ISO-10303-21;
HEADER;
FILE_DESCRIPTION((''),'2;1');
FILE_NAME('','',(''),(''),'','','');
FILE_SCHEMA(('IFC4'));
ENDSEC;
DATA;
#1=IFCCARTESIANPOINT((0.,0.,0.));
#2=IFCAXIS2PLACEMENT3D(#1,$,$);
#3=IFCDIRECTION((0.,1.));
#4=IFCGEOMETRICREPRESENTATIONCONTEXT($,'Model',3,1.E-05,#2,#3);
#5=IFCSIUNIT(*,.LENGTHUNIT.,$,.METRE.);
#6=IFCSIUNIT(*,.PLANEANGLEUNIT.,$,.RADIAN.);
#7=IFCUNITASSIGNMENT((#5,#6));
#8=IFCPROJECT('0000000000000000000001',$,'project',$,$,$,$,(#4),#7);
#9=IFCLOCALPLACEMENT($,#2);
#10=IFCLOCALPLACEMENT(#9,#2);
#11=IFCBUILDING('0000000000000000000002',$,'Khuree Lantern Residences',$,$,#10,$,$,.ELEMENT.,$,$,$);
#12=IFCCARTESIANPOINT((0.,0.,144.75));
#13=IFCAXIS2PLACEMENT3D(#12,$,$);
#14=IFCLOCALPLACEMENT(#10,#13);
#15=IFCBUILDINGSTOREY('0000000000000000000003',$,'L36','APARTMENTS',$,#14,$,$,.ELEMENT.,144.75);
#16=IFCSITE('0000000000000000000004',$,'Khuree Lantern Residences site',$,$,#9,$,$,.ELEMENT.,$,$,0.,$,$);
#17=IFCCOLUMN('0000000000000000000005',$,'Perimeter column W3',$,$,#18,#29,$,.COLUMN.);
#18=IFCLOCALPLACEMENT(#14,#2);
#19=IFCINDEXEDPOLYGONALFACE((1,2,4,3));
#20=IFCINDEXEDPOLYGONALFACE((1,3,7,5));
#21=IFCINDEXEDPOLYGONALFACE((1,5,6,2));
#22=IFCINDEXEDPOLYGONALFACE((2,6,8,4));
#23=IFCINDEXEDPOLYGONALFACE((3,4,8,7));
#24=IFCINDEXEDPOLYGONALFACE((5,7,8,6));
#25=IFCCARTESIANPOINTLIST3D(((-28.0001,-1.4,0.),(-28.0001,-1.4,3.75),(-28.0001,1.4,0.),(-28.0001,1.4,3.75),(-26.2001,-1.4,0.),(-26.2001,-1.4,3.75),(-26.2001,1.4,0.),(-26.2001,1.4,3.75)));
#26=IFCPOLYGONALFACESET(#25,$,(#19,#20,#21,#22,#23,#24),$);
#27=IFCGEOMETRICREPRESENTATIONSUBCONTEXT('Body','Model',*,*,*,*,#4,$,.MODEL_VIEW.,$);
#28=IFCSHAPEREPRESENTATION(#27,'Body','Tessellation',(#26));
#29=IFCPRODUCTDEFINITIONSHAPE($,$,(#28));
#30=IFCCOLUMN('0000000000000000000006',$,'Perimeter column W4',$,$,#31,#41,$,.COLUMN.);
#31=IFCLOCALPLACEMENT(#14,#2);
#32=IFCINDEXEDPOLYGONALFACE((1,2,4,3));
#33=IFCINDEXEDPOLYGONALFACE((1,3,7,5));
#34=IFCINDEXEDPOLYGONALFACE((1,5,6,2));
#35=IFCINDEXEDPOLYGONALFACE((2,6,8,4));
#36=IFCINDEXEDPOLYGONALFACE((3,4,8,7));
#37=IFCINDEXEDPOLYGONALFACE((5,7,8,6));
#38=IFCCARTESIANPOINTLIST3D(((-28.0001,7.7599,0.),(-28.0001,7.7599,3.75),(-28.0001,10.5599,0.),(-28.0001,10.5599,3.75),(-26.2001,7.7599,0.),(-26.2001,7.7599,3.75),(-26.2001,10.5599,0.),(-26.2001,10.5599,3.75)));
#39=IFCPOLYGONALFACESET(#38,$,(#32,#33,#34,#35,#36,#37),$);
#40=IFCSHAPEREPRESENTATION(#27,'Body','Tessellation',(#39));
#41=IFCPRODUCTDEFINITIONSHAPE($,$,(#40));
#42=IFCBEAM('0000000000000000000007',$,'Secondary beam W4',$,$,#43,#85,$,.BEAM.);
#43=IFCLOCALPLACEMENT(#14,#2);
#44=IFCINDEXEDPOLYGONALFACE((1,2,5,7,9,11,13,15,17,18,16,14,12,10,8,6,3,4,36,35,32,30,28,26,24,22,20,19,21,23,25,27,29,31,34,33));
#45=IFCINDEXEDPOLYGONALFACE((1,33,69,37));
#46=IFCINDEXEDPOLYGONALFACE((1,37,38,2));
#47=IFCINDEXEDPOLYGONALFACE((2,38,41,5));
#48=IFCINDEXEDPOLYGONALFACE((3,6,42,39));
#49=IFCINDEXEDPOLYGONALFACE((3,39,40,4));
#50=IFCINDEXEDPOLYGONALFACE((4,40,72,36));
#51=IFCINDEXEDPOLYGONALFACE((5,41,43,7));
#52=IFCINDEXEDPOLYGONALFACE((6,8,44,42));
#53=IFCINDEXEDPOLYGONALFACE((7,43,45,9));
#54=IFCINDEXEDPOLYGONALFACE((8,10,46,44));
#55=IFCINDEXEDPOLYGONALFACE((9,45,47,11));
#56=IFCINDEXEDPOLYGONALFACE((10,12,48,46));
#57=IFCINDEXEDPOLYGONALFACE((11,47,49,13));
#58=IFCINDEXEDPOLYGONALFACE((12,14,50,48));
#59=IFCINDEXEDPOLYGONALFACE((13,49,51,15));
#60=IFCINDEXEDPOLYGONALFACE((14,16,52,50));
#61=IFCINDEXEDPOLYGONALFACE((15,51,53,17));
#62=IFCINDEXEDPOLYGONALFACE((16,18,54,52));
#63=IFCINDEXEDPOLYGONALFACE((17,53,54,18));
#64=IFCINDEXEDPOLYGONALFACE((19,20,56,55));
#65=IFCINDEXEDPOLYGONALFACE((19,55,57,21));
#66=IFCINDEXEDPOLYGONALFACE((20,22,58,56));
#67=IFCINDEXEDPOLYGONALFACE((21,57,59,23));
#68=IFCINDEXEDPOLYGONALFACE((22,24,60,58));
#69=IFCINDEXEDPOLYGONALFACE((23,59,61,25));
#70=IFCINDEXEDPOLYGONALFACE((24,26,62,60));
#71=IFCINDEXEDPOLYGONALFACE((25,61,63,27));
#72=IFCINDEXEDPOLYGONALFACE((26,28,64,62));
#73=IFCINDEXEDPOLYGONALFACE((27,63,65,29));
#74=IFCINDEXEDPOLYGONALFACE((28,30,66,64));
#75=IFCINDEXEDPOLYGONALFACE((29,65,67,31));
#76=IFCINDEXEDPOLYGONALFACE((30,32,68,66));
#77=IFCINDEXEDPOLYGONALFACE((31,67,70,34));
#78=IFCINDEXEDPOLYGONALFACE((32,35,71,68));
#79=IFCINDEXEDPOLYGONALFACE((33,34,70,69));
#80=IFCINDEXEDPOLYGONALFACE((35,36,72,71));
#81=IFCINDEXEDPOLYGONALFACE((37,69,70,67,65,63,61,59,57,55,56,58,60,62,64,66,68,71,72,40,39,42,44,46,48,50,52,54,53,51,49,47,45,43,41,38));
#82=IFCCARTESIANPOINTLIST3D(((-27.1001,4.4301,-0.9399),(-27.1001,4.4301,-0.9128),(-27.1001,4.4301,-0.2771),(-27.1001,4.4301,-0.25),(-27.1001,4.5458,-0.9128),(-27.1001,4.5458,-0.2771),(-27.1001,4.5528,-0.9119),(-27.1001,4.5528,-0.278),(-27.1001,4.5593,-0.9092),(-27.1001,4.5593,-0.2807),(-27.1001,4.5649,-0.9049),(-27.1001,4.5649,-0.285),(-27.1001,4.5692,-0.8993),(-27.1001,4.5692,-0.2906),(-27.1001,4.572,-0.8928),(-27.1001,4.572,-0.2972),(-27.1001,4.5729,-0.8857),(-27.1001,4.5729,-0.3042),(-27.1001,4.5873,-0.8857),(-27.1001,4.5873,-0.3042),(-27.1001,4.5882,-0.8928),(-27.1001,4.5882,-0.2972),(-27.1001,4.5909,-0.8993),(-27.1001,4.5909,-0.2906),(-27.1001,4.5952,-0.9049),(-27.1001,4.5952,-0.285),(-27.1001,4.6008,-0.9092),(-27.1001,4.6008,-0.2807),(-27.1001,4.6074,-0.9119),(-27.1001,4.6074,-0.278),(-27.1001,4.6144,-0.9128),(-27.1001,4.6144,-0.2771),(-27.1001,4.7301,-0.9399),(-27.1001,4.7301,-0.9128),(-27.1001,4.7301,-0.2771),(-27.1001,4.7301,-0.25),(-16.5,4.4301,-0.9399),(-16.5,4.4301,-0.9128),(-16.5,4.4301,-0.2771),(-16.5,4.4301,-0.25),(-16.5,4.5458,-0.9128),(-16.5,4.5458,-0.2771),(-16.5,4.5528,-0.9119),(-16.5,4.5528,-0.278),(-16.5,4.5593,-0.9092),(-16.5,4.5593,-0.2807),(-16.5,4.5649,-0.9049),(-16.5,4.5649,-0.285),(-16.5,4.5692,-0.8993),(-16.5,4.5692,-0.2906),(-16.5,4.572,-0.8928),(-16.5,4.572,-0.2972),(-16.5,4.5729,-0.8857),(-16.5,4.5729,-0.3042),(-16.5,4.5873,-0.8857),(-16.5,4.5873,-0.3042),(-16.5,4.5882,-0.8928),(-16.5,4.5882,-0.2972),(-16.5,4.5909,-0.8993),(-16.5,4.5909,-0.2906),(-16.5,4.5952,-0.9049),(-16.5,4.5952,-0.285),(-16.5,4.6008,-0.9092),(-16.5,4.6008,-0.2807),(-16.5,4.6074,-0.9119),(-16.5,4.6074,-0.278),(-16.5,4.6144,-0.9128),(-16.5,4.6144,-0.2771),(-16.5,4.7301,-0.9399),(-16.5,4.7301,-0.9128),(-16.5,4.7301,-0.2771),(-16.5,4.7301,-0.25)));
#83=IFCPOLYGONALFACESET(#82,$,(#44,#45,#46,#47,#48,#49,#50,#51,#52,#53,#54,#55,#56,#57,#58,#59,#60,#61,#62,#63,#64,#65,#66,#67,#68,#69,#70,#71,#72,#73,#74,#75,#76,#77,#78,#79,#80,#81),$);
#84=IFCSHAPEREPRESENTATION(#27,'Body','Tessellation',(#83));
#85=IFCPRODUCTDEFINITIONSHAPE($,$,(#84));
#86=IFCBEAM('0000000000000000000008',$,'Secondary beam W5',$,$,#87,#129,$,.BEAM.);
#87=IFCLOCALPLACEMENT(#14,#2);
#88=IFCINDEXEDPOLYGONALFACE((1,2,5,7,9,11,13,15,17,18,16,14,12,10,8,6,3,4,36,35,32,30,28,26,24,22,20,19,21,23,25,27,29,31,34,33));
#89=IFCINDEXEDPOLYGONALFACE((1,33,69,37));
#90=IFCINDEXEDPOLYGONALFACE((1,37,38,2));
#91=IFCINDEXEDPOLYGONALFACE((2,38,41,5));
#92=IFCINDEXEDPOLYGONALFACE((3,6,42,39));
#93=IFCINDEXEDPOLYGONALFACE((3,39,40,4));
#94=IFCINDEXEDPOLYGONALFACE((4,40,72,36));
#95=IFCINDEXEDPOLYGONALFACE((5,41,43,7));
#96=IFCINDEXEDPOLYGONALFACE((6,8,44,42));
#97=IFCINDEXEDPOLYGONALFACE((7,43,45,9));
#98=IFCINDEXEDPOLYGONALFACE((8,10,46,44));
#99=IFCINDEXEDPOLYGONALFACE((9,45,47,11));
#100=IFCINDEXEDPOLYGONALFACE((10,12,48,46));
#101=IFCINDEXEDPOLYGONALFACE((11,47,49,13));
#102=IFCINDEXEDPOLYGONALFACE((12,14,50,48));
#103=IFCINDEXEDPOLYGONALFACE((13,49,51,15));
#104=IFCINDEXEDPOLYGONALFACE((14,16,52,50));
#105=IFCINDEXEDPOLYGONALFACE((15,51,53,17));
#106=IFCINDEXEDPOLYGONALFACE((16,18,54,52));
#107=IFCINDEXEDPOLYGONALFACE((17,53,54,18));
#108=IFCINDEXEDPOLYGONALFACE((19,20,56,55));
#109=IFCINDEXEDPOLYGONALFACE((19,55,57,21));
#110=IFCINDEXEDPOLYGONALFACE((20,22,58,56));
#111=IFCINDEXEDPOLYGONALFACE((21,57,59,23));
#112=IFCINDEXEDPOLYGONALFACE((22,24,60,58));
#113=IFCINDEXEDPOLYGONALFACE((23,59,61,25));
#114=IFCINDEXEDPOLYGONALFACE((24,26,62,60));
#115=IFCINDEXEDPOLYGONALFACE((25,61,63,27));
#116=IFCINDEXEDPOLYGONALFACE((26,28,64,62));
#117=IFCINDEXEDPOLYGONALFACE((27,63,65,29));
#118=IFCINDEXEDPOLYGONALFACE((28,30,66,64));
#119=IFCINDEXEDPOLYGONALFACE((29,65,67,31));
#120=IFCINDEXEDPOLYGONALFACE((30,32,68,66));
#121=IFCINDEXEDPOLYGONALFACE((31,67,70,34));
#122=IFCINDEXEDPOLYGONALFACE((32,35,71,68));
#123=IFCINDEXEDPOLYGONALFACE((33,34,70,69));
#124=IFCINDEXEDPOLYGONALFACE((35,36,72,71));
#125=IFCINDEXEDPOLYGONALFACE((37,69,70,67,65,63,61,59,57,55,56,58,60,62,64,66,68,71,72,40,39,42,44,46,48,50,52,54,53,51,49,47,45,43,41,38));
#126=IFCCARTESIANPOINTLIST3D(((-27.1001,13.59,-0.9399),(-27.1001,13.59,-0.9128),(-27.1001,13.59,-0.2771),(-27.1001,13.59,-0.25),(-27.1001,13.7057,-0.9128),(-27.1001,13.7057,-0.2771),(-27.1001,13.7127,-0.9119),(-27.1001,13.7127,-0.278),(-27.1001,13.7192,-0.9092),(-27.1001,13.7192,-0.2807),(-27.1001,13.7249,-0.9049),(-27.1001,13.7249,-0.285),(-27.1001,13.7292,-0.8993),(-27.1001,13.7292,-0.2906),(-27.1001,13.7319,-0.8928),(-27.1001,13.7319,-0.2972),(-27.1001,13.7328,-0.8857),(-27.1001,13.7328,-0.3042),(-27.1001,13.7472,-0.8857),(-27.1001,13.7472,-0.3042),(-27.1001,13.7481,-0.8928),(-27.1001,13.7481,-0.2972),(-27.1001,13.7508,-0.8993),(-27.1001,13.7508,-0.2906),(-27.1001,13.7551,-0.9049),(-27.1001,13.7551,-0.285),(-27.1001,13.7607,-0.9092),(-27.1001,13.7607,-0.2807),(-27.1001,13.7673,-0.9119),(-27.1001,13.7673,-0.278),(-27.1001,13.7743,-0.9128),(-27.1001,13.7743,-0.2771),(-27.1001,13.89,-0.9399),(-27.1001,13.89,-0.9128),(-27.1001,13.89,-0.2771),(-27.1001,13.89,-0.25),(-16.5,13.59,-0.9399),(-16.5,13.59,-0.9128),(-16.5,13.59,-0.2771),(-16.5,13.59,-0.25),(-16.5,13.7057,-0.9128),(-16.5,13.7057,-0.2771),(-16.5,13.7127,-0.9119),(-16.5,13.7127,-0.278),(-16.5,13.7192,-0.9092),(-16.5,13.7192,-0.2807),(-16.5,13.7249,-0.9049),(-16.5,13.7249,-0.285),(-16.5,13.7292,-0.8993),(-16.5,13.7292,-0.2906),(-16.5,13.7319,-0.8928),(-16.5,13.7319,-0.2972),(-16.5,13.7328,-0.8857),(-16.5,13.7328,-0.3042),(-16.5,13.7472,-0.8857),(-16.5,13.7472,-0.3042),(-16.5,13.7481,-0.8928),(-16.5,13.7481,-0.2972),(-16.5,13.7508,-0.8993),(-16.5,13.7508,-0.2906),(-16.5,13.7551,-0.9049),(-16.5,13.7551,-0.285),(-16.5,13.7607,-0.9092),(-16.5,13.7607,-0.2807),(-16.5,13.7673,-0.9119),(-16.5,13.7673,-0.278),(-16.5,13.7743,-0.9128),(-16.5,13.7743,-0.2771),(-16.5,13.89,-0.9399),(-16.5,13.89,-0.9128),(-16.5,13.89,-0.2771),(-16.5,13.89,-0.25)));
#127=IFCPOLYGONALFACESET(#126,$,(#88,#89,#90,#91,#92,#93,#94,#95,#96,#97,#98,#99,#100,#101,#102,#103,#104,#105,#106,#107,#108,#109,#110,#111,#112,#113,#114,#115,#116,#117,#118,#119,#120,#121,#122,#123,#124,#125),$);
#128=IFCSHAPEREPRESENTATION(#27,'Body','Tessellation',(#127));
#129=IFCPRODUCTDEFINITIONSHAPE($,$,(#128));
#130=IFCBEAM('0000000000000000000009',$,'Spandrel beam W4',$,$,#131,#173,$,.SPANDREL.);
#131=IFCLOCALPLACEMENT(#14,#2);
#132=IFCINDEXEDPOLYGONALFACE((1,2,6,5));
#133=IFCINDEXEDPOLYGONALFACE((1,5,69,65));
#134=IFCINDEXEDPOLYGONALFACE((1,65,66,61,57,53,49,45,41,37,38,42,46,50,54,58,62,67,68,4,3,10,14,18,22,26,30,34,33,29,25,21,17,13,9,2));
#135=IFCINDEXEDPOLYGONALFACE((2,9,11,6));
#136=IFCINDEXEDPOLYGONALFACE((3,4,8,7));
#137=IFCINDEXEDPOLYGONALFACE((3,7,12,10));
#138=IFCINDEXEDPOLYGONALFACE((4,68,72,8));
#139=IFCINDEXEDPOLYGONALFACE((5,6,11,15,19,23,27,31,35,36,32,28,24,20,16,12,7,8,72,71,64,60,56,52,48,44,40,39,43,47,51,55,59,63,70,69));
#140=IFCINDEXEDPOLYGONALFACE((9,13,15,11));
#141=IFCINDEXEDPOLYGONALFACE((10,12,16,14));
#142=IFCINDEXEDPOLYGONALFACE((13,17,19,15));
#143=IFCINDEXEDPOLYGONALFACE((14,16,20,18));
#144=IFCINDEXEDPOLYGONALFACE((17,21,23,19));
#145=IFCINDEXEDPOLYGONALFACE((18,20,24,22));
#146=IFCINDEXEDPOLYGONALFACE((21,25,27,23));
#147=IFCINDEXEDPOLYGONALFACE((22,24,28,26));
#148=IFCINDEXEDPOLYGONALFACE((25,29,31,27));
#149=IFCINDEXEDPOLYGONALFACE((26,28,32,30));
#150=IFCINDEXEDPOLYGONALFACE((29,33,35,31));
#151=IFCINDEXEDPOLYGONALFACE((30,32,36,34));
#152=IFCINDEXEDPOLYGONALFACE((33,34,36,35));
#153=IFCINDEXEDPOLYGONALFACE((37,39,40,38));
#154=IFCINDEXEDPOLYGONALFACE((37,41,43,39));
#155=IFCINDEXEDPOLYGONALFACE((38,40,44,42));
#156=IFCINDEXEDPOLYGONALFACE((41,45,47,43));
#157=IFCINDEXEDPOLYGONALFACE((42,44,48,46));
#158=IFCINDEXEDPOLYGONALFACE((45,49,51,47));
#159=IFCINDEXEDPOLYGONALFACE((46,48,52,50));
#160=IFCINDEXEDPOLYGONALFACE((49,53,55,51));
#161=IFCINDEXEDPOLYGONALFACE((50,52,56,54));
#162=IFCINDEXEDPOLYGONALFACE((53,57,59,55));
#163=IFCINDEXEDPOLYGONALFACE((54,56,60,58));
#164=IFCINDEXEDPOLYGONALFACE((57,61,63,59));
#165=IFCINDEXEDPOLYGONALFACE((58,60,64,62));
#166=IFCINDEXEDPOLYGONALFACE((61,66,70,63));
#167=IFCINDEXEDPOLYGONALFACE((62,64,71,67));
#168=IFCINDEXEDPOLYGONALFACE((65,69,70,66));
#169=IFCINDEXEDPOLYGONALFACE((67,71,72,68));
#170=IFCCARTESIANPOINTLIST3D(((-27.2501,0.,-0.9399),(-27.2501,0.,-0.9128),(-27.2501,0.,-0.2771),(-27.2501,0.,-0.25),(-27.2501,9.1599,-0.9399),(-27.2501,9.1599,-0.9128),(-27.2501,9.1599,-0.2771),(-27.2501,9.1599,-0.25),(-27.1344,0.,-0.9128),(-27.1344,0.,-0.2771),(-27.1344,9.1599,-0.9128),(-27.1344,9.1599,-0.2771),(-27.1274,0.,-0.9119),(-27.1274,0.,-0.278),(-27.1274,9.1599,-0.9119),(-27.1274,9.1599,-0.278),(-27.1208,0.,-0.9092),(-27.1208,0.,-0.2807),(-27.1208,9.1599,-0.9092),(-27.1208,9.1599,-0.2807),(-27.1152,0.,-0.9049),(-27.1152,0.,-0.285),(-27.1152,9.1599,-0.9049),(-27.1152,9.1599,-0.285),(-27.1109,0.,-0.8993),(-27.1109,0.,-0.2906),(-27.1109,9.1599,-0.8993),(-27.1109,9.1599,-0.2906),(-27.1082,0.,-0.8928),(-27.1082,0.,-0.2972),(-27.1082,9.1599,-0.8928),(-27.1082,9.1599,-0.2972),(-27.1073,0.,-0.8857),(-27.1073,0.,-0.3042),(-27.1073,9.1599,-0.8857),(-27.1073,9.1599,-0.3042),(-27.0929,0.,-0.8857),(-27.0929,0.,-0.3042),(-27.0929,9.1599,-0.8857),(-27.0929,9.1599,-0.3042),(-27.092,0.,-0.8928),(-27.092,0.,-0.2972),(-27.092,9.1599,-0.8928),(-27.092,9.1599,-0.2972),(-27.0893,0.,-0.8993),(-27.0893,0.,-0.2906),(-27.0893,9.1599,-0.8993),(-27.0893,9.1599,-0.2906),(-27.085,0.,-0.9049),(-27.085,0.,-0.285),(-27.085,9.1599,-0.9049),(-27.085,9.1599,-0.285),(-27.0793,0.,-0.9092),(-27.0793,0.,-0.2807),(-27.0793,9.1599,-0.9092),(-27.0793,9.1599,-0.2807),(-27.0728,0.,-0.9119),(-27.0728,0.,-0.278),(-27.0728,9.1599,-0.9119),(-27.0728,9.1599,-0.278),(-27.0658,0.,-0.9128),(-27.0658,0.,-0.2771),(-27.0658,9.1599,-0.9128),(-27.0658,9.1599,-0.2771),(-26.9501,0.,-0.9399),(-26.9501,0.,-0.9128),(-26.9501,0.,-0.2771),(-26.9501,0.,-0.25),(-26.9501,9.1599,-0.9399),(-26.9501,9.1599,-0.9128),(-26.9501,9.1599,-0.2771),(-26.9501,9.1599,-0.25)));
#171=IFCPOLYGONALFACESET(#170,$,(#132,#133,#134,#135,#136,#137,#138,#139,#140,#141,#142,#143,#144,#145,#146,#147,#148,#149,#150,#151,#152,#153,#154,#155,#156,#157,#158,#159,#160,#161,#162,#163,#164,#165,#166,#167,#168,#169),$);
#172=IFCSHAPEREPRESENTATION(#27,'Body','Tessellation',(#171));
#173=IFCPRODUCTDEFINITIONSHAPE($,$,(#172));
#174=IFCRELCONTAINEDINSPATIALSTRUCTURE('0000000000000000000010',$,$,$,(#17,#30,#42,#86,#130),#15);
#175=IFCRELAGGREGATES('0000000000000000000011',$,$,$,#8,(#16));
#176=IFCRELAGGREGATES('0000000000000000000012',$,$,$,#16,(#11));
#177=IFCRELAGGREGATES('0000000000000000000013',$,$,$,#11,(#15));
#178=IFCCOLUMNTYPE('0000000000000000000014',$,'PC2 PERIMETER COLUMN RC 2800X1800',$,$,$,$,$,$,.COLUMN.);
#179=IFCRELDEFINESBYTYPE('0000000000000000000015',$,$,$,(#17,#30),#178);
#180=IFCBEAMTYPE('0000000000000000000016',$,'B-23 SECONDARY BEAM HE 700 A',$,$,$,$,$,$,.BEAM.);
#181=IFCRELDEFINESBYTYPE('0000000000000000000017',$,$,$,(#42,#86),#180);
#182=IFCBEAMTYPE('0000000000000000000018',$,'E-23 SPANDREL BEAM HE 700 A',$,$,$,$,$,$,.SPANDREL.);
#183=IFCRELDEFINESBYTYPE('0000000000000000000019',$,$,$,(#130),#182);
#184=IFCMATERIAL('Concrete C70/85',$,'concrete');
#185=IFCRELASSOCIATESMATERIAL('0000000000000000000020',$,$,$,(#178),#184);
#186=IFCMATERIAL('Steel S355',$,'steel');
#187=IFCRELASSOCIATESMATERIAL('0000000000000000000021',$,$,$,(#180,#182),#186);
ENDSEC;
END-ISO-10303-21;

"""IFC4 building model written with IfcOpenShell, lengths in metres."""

from ifc_helpers import new_model, si_unit, direction, frame, origin, origin_2d, place, context, subcontext, project, spatial, rectangle, i_section, extrude, material, material_profile, profile_set, type_object, element, save


model = new_model("IFC4")

# Units and contexts
model_context = context("Model", 3, precision=1e-05, world=origin(), true_north=direction((0.0, 1.0)))
body_context = subcontext(model_context, "Body", "Model", "MODEL_VIEW")
ifc_project = project(units=[si_unit("LENGTHUNIT", "METRE"), si_unit("PLANEANGLEUNIT", "RADIAN")], contexts=[model_context])

# Site, building, storey
site_placement = place(None, origin())
site = spatial("IfcSite", under=ifc_project, at=site_placement, Name="Khuree Lantern Residences site", CompositionType="ELEMENT", RefElevation=0.0)
building_placement = place(site_placement, origin())
building = spatial("IfcBuilding", under=site, at=building_placement, Name="Khuree Lantern Residences", CompositionType="ELEMENT")
storey_placement = place(building_placement, frame((0.0, 0.0, 144.75)))
storey = spatial("IfcBuildingStorey", under=building, at=storey_placement, Name="L36", Description="APARTMENTS", CompositionType="ELEMENT", Elevation=144.75)

# Columns
ifc_material_1 = material(Name="Concrete C70/85", Category="concrete")
ifc_material_profile_1 = material_profile(ifc_material_1, rectangle(XDim=2.8, YDim=1.8, at=origin_2d()), Name="RC 2800X1800")
ifc_profile_set_1 = profile_set([ifc_material_profile_1], Name="Concrete C70/85")
column_type = type_object("IfcColumnType", Name="PC2 PERIMETER COLUMN RC 2800X1800", PredefinedType="COLUMN", material=ifc_profile_set_1)
for number, where, z_axis, x_axis, name in (
    (1, (-27.1001, 0.0, 0.0), (0.0, 0.0, 1.0), (0.0, 1.0, 0.0), "Perimeter column W3"),
    (2, (-27.1001, 9.1599, 0.0), (0.0, 0.0, 1.0), (0.0, 1.0, 0.0), "Perimeter column W4"),
):
    element("IfcColumn", number, at=place(storey_placement, frame(where, z_axis=z_axis, x_axis=x_axis)), inside=storey, type_object=column_type, Name=name, PredefinedType="COLUMN", context=body_context, shape_type="SweptSolid", body=[
        extrude(rectangle(XDim=2.8, YDim=1.8, at=origin_2d()), origin(), (0.0, 0.0, 1.0), 3.75),
    ])

# Beams
ifc_material_2 = material(Name="Steel S355", Category="steel")
ifc_material_profile_2 = material_profile(ifc_material_2, i_section(OverallWidth=0.3, OverallDepth=0.6899, WebThickness=0.0144, FlangeThickness=0.0271, FilletRadius=0.0271, at=origin_2d()), Name="HE 700 A")
ifc_profile_set_2 = profile_set([ifc_material_profile_2], Name="Steel S355")
beam_type_1 = type_object("IfcBeamType", Name="B-23 SECONDARY BEAM HE 700 A", PredefinedType="BEAM", material=ifc_profile_set_2)
for number, where, z_axis, x_axis, name in (
    (3, (-27.1001, 4.5801, -0.595), (1.0, 0.0, 0.0), (0.0, 1.0, 0.0), "Secondary beam W4"),
    (4, (-27.1001, 13.74, -0.595), (1.0, 0.0, 0.0), (0.0, 1.0, 0.0), "Secondary beam W5"),
):
    element("IfcBeam", number, at=place(storey_placement, frame(where, z_axis=z_axis, x_axis=x_axis)), inside=storey, type_object=beam_type_1, Name=name, PredefinedType="BEAM", context=body_context, shape_type="SweptSolid", body=[
        extrude(i_section(OverallWidth=0.3, OverallDepth=0.6899, WebThickness=0.0144, FlangeThickness=0.0271, FilletRadius=0.0271, at=origin_2d()), origin(), (0.0, 0.0, 1.0), 10.6001),
    ])
ifc_material_profile_3 = material_profile(ifc_material_2, i_section(OverallWidth=0.3, OverallDepth=0.6899, WebThickness=0.0144, FlangeThickness=0.0271, FilletRadius=0.0271, at=origin_2d()), Name="HE 700 A")
ifc_profile_set_3 = profile_set([ifc_material_profile_3], Name="Steel S355")
beam_type_2 = type_object("IfcBeamType", Name="E-23 SPANDREL BEAM HE 700 A", PredefinedType="SPANDREL", material=ifc_profile_set_3)
beam_1_placement = place(storey_placement, frame((-27.1001, 0.0, -0.595), z_axis=(0.0, 1.0, 0.0), x_axis=(-1.0, 0.0, 0.0)))
element("IfcBeam", 5, at=beam_1_placement, inside=storey, type_object=beam_type_2, Name="Spandrel beam W4", PredefinedType="SPANDREL", context=body_context, shape_type="SweptSolid", body=[
    extrude(i_section(OverallWidth=0.3, OverallDepth=0.6899, WebThickness=0.0144, FlangeThickness=0.0271, FilletRadius=0.0271, at=origin_2d()), origin(), (0.0, 0.0, 1.0), 9.1599),
])

save(model, "model.ifc")
